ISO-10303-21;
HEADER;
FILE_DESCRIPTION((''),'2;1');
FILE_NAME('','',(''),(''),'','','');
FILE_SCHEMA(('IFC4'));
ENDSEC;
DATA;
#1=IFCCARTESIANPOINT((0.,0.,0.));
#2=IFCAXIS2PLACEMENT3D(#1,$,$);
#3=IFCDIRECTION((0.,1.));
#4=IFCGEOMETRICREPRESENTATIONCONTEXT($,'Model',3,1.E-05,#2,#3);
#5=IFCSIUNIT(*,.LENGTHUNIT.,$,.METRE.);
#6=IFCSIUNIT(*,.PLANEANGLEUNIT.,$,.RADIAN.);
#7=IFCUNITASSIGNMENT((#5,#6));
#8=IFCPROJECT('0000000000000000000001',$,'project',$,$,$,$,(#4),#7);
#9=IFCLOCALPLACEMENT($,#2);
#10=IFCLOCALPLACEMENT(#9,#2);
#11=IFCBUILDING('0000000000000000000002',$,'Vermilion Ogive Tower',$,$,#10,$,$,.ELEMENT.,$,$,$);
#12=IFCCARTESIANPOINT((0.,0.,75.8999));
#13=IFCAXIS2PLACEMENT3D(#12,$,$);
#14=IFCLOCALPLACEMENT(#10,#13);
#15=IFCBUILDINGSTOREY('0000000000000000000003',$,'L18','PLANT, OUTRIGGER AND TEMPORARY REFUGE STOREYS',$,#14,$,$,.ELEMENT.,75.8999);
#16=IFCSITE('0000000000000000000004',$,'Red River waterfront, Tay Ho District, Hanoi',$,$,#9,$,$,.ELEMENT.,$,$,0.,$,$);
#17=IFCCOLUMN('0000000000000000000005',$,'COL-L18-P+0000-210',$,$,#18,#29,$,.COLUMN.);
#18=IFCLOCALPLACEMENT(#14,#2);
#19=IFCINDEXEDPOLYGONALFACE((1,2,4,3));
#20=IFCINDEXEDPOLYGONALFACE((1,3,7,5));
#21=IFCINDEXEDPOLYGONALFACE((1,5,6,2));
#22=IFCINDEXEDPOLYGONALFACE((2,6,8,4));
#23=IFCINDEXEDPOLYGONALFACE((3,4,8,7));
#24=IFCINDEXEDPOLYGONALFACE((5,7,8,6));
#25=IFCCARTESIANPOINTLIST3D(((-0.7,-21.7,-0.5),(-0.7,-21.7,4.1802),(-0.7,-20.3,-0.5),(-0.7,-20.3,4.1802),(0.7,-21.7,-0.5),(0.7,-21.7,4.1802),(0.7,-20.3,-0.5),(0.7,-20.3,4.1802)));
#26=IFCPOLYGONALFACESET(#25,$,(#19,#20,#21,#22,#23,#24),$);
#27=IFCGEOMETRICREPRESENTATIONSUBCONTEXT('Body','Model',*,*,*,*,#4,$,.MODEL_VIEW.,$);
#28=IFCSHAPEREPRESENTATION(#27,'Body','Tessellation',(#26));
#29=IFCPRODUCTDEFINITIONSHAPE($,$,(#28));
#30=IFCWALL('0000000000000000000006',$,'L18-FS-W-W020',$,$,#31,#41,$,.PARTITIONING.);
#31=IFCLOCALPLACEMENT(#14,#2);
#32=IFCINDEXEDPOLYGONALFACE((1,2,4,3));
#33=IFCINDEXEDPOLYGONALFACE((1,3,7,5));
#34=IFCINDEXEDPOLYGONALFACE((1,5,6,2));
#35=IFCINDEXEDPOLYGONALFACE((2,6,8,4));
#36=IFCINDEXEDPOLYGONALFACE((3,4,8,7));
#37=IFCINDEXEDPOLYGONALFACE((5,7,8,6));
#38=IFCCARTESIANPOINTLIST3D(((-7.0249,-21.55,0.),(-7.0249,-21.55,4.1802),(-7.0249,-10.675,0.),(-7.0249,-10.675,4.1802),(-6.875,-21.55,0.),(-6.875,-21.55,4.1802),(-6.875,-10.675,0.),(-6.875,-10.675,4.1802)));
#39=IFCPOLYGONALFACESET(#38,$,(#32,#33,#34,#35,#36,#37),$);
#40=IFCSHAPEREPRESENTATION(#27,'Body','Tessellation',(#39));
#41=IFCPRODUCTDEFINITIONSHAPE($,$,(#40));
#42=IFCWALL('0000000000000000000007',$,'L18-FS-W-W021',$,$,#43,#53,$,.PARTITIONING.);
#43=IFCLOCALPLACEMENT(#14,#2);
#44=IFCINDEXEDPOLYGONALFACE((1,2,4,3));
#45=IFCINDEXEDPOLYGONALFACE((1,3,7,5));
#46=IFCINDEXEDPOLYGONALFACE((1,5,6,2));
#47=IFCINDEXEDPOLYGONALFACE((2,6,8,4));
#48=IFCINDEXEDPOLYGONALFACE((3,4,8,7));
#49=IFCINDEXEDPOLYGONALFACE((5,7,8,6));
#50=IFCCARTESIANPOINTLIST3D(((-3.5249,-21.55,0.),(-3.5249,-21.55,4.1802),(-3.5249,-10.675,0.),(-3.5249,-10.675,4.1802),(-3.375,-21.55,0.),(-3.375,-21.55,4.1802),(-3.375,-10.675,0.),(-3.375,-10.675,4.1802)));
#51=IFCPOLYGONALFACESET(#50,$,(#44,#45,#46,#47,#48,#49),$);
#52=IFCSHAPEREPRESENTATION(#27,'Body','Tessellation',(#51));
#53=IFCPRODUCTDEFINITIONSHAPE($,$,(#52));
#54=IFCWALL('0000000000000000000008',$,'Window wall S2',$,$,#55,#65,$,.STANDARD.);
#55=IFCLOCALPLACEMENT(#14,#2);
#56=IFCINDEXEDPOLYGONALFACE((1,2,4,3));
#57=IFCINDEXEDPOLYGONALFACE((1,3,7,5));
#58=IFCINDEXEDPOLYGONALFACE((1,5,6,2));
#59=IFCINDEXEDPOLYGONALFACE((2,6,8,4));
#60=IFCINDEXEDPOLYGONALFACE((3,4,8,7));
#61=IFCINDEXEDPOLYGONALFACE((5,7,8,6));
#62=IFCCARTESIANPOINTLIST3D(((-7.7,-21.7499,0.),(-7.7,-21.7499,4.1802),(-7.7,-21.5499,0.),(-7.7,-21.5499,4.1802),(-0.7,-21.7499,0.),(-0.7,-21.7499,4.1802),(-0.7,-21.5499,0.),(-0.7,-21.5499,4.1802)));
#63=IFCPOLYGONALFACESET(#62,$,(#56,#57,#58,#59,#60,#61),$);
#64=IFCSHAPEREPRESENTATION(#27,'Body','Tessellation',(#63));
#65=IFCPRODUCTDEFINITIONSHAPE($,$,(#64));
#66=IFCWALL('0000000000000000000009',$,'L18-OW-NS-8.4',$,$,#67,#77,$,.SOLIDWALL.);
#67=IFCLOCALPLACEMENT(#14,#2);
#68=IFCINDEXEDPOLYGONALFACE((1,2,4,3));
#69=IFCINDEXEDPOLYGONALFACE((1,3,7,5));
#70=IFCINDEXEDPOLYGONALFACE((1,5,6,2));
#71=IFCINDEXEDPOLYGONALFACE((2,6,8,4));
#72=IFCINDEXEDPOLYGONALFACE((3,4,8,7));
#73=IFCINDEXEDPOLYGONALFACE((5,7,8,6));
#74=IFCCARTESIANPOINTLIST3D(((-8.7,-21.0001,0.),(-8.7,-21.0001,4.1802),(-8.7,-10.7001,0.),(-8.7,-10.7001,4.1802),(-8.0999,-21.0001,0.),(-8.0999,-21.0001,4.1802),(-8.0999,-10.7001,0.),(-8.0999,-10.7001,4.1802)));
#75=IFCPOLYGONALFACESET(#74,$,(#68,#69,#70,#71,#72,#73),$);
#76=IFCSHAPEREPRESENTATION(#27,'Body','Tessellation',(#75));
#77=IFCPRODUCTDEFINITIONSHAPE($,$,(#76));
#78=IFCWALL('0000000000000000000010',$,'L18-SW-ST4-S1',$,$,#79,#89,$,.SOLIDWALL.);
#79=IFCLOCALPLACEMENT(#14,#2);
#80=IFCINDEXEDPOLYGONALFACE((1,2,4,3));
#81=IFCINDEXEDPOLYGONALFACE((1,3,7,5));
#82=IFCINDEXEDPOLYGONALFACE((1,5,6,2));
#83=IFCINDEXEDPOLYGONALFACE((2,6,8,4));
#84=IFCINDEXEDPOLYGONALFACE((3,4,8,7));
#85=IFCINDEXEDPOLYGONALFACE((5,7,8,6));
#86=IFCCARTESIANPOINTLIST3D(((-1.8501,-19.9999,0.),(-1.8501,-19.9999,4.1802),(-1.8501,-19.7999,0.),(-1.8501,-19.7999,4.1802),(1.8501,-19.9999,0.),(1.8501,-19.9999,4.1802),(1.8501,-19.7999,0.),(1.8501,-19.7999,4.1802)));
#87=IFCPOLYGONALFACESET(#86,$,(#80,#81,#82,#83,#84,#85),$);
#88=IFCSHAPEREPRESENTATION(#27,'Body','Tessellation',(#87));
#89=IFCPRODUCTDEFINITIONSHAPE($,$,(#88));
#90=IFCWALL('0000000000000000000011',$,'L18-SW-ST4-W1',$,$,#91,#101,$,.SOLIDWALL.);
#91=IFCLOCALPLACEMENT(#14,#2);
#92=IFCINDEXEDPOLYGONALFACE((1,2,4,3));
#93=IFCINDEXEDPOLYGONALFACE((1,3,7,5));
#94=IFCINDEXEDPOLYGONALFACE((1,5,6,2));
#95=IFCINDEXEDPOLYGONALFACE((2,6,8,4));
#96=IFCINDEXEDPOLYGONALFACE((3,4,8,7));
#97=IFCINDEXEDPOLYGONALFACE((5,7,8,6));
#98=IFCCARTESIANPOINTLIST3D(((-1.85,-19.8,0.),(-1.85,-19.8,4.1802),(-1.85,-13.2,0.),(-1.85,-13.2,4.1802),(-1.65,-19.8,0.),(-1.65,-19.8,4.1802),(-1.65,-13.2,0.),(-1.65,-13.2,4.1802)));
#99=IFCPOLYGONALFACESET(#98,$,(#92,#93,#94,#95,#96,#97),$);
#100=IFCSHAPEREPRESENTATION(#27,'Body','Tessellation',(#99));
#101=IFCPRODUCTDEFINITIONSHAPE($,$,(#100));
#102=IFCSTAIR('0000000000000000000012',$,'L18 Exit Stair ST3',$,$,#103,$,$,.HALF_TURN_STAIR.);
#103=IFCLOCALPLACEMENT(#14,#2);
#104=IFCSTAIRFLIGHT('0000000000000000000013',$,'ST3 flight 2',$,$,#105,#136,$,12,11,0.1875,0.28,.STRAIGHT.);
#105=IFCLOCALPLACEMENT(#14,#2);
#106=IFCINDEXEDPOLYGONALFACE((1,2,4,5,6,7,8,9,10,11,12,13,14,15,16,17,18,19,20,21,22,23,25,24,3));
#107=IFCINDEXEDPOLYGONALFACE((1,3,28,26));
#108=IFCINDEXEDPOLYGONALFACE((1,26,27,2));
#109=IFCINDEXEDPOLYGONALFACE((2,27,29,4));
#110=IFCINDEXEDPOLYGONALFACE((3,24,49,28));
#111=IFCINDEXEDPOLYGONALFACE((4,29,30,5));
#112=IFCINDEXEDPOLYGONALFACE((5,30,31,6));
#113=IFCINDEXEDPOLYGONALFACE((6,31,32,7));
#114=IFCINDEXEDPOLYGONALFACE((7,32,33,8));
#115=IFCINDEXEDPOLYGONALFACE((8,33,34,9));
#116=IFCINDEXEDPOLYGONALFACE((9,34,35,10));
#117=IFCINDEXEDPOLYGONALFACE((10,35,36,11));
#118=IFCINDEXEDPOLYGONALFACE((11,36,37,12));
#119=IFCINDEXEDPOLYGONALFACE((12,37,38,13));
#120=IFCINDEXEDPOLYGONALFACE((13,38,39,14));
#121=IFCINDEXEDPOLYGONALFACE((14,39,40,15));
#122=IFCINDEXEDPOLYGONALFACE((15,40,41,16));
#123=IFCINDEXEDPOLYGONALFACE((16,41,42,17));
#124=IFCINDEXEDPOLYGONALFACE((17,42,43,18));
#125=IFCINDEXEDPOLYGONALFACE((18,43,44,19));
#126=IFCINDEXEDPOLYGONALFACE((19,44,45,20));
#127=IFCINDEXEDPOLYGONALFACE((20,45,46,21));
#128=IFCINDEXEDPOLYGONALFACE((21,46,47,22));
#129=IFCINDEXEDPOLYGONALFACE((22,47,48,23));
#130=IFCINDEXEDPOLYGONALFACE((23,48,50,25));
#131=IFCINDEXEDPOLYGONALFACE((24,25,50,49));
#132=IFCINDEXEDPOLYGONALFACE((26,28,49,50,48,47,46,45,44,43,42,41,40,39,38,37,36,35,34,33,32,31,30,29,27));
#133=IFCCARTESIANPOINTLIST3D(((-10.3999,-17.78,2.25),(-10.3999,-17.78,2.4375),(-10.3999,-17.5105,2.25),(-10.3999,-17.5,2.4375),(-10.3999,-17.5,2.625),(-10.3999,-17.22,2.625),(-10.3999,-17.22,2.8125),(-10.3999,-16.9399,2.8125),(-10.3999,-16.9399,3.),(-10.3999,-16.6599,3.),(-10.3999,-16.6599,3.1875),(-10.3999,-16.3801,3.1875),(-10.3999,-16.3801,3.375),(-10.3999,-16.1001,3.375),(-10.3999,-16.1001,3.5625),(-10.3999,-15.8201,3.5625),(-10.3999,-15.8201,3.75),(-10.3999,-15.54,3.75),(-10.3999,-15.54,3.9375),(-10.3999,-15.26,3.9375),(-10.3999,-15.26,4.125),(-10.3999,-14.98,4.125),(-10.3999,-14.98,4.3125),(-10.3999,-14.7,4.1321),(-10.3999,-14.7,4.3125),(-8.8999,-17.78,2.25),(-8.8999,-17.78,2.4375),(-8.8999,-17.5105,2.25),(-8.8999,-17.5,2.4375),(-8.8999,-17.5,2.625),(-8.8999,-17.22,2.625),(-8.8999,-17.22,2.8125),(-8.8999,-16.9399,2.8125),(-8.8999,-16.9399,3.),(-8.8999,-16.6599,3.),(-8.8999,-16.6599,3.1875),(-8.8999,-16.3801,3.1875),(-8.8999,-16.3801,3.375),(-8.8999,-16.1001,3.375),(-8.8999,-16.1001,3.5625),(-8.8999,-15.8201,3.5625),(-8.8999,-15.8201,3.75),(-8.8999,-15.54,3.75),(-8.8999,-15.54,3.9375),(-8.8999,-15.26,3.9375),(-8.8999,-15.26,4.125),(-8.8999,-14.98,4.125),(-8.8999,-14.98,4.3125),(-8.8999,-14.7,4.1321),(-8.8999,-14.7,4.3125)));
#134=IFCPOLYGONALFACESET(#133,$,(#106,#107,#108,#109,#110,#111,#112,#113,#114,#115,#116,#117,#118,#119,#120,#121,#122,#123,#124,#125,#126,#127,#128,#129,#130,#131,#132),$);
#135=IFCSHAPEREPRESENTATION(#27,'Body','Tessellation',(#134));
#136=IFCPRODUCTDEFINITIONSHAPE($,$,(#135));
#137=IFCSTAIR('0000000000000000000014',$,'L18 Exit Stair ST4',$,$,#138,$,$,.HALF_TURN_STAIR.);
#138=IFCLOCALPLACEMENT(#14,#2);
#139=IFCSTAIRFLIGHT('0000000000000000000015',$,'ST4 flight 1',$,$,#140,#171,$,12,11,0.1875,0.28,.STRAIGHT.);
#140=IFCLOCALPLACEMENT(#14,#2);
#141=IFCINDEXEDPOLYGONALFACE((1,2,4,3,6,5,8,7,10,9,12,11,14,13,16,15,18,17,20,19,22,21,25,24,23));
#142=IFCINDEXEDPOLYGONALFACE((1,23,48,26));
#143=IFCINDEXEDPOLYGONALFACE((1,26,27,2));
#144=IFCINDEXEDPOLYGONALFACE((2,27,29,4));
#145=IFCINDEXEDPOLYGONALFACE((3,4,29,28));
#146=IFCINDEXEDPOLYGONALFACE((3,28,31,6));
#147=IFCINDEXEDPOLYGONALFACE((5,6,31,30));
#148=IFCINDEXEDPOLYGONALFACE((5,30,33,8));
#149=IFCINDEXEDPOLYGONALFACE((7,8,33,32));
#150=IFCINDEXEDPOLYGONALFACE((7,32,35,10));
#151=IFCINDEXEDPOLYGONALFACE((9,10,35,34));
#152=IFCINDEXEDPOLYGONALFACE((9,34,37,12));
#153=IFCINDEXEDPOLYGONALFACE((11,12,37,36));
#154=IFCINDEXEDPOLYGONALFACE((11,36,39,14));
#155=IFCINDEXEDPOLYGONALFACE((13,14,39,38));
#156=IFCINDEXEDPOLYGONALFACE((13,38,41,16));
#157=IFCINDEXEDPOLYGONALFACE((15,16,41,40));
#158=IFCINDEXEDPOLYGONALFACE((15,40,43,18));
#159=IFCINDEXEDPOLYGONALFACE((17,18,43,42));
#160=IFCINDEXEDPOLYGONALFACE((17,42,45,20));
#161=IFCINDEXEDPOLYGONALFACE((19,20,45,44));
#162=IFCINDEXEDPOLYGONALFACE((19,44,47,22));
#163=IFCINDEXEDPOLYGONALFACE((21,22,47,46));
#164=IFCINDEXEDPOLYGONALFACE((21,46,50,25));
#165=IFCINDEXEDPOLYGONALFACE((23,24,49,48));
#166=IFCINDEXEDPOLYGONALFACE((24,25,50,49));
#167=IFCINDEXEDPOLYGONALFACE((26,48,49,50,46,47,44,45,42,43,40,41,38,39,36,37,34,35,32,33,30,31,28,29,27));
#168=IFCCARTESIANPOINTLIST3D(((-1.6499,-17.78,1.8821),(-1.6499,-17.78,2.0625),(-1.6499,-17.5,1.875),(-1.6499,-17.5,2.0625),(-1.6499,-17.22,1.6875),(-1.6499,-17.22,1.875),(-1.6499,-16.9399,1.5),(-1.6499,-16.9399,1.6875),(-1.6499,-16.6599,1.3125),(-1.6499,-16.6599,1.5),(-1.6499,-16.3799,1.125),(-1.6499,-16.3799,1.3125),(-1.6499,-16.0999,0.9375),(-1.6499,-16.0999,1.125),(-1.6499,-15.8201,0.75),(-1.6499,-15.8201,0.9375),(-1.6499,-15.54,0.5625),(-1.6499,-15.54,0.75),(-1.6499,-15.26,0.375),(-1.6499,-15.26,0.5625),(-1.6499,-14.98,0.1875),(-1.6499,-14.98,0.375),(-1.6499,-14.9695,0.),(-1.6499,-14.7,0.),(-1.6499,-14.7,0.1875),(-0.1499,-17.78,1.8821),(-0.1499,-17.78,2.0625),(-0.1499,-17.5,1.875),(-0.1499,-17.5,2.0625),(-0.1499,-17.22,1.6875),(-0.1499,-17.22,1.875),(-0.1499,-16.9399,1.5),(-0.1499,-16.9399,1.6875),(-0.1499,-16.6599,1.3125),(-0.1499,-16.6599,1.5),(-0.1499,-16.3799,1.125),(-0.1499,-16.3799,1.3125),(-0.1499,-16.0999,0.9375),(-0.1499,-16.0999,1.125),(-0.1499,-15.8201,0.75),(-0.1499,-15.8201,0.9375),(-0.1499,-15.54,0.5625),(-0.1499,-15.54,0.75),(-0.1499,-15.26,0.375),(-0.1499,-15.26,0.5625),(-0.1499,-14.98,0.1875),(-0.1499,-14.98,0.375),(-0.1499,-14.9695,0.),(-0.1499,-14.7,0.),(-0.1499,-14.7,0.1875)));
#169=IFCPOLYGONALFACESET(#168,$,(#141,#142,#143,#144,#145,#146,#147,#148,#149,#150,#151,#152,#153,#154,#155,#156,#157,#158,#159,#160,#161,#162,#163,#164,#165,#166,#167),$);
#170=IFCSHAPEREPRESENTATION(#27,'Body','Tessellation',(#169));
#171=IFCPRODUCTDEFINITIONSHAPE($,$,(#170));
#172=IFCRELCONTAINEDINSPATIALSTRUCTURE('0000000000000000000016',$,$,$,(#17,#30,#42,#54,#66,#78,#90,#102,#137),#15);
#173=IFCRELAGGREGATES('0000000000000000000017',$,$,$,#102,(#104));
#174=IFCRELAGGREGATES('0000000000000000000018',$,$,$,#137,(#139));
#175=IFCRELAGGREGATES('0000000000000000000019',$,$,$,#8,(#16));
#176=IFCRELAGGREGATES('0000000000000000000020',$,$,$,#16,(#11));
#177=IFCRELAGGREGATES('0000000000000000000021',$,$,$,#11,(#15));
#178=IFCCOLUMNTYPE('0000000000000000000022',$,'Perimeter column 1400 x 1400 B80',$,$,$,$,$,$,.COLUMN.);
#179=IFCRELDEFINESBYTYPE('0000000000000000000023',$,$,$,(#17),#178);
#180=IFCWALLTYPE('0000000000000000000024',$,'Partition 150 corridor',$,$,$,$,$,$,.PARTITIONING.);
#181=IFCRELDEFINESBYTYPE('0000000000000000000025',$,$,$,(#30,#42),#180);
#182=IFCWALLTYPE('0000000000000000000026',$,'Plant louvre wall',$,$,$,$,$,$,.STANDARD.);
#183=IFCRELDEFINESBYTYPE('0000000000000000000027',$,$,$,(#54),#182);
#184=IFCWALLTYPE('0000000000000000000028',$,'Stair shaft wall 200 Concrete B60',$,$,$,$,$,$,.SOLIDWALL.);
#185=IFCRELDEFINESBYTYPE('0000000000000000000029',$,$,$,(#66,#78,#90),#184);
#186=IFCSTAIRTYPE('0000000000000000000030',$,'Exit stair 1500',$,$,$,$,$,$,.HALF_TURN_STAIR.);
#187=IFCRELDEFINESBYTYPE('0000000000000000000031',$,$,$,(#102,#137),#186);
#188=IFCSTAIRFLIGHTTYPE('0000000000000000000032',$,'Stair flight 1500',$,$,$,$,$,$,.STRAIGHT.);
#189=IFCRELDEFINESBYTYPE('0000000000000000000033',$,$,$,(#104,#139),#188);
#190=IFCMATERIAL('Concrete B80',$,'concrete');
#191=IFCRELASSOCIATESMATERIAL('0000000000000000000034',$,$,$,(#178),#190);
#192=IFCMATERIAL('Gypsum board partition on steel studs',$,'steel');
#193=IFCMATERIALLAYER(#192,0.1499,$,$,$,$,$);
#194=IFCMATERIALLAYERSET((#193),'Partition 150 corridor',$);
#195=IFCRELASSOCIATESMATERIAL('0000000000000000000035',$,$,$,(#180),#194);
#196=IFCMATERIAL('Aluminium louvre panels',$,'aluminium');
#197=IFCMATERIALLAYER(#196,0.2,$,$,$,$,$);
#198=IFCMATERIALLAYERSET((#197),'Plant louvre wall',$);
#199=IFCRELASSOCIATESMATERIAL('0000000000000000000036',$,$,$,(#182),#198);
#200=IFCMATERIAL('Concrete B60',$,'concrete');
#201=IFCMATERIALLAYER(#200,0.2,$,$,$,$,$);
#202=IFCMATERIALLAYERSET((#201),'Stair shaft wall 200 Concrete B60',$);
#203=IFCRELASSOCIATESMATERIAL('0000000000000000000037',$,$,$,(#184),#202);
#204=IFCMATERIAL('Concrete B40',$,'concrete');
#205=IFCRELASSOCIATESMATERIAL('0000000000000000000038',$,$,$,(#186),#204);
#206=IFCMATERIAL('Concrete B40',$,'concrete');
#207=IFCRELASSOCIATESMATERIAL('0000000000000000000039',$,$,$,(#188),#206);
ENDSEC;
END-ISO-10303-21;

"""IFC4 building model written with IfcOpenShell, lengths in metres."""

from ifc_helpers import new_model, si_unit, direction, frame, frame_2d, origin, origin_2d, place, context, subcontext, project, spatial, polyline, rectangle, outline, extrude, material, layer, layer_set, material_profile, profile_set, type_object, element, aggregate, save


model = new_model("IFC4")

# Units and contexts
model_context = context("Model", 3, precision=1e-05, world=origin(), true_north=direction((0.0, 1.0)))
body_context = subcontext(model_context, "Body", "Model", "MODEL_VIEW")
ifc_project = project(units=[si_unit("LENGTHUNIT", "METRE"), si_unit("PLANEANGLEUNIT", "RADIAN")], contexts=[model_context])

# Site, building, storey
site_placement = place(None, origin())
site = spatial("IfcSite", under=ifc_project, at=site_placement, Name="Red River waterfront, Tay Ho District, Hanoi", CompositionType="ELEMENT", RefElevation=0.0)
building_placement = place(site_placement, origin())
building = spatial("IfcBuilding", under=site, at=building_placement, Name="Vermilion Ogive Tower", CompositionType="ELEMENT")
storey_placement = place(building_placement, frame((0.0, 0.0, 75.8999)))
storey = spatial("IfcBuildingStorey", under=building, at=storey_placement, Name="L18", Description="PLANT, OUTRIGGER AND TEMPORARY REFUGE STOREYS", CompositionType="ELEMENT", Elevation=75.8999)

# Column
ifc_material_1 = material(Name="Concrete B80", Category="concrete")
ifc_material_profile = material_profile(ifc_material_1, rectangle(XDim=1.3999, YDim=1.3999, at=origin_2d()), Name="1400 x 1400")
ifc_profile_set = profile_set([ifc_material_profile], Name="Concrete B80")
column_type = type_object("IfcColumnType", Name="Perimeter column 1400 x 1400 B80", PredefinedType="COLUMN", material=ifc_profile_set)
column_placement = place(storey_placement, frame((0.0, -21.0, -0.5), z_axis=(0.0, 0.0, 1.0), x_axis=(1.0, 0.0, 0.0)))
element("IfcColumn", 1, at=column_placement, inside=storey, type_object=column_type, Name="COL-L18-P+0000-210", PredefinedType="COLUMN", context=body_context, shape_type="SweptSolid", body=[
    extrude(rectangle(XDim=1.3999, YDim=1.3999, at=origin_2d()), origin(), (0.0, 0.0, 1.0), 4.6802),
])

# Walls
ifc_material_2 = material(Name="Gypsum board partition on steel studs", Category="steel")
ifc_layer_1 = layer(ifc_material_2, 0.1499)
ifc_layer_set_1 = layer_set([ifc_layer_1], Name="Partition 150 corridor")
wall_type_1 = type_object("IfcWallType", Name="Partition 150 corridor", PredefinedType="PARTITIONING", material=ifc_layer_set_1)
for number, where, z_axis, x_axis, name in (
    (2, (-6.95, -21.55, 0.0), (0.0, 0.0, 1.0), (0.0, 1.0, 0.0), "L18-FS-W-W020"),
    (3, (-3.45, -21.55, 0.0), (0.0, 0.0, 1.0), (0.0, 1.0, 0.0), "L18-FS-W-W021"),
):
    element("IfcWall", number, at=place(storey_placement, frame(where, z_axis=z_axis, x_axis=x_axis)), inside=storey, type_object=wall_type_1, Name=name, PredefinedType="PARTITIONING", context=body_context, shape_type="SweptSolid", body=[
        extrude(rectangle(XDim=10.875, YDim=0.1499, at=frame_2d((5.4375, 0.0))), origin(), (0.0, 0.0, 1.0), 4.1802),
    ])
ifc_material_3 = material(Name="Aluminium louvre panels", Category="aluminium")
ifc_layer_2 = layer(ifc_material_3, 0.2)
ifc_layer_set_2 = layer_set([ifc_layer_2], Name="Plant louvre wall")
wall_type_2 = type_object("IfcWallType", Name="Plant louvre wall", PredefinedType="STANDARD", material=ifc_layer_set_2)
wall_1_placement = place(storey_placement, frame((-7.7, -21.6499, 0.0), z_axis=(0.0, 0.0, 1.0), x_axis=(1.0, 0.0, 0.0)))
element("IfcWall", 4, at=wall_1_placement, inside=storey, type_object=wall_type_2, Name="Window wall S2", PredefinedType="STANDARD", context=body_context, shape_type="SweptSolid", body=[
    extrude(rectangle(XDim=7.0, YDim=0.2, at=frame_2d((3.5, 0.0))), origin(), (0.0, 0.0, 1.0), 4.1802),
])
ifc_material_4 = material(Name="Concrete B60", Category="concrete")
ifc_layer_3 = layer(ifc_material_4, 0.2)
ifc_layer_set_3 = layer_set([ifc_layer_3], Name="Stair shaft wall 200 Concrete B60")
wall_type_3 = type_object("IfcWallType", Name="Stair shaft wall 200 Concrete B60", PredefinedType="SOLIDWALL", material=ifc_layer_set_3)
wall_2_placement = place(storey_placement, frame((-8.3999, -21.0, 0.0), z_axis=(0.0, 0.0, 1.0), x_axis=(0.0, 1.0, 0.0)))
element("IfcWall", 5, at=wall_2_placement, inside=storey, type_object=wall_type_3, Name="L18-OW-NS-8.4", PredefinedType="SOLIDWALL", context=body_context, shape_type="SweptSolid", body=[
    extrude(rectangle(XDim=10.3, YDim=0.6001, at=frame_2d((5.1499, 0.0))), origin(), (0.0, 0.0, 1.0), 4.1802),
])
wall_3_placement = place(storey_placement, frame((-1.8501, -19.8999, 0.0), z_axis=(0.0, 0.0, 1.0), x_axis=(1.0, 0.0, 0.0)))
element("IfcWall", 6, at=wall_3_placement, inside=storey, type_object=wall_type_3, Name="L18-SW-ST4-S1", PredefinedType="SOLIDWALL", context=body_context, shape_type="SweptSolid", body=[
    extrude(rectangle(XDim=3.7002, YDim=0.2, at=frame_2d((1.8501, 0.0))), origin(), (0.0, 0.0, 1.0), 4.1802),
])
wall_4_placement = place(storey_placement, frame((-1.75, -19.8, 0.0), z_axis=(0.0, 0.0, 1.0), x_axis=(0.0, 1.0, 0.0)))
element("IfcWall", 7, at=wall_4_placement, inside=storey, type_object=wall_type_3, Name="L18-SW-ST4-W1", PredefinedType="SOLIDWALL", context=body_context, shape_type="SweptSolid", body=[
    extrude(rectangle(XDim=6.6001, YDim=0.2, at=frame_2d((3.3, 0.0))), origin(), (0.0, 0.0, 1.0), 4.1802),
])

# Stairs, stair flights
ifc_material_5 = material(Name="Concrete B40", Category="concrete")
stair_type = type_object("IfcStairType", Name="Exit stair 1500", PredefinedType="HALF_TURN_STAIR", material=ifc_material_5)
stair_1_placement = place(storey_placement, origin())
stair_1 = element("IfcStair", 8, at=stair_1_placement, inside=storey, type_object=stair_type, Name="L18 Exit Stair ST3", PredefinedType="HALF_TURN_STAIR")
ifc_material_6 = material(Name="Concrete B40", Category="concrete")
stair_flight_type = type_object("IfcStairFlightType", Name="Stair flight 1500", PredefinedType="STRAIGHT", material=ifc_material_6)
stair_flight_1_placement = place(storey_placement, frame((-9.6499, -17.78, 2.25), z_axis=(0.0, 0.0, 1.0), x_axis=(0.0, 1.0, 0.0)))
stair_flight_1 = element("IfcStairFlight", 9, at=stair_flight_1_placement, type_object=stair_flight_type, Name="ST3 flight 2", NumberOfRisers=12, NumberOfTreads=11, PredefinedType="STRAIGHT", RiserHeight=0.1875, TreadLength=0.28, context=body_context, shape_type="SweptSolid", body=[
    extrude(outline(polyline([(0.0, 0.0), (0.0, 0.1875), (0.28, 0.1875), (0.28, 0.375), (0.5601, 0.375), (0.5601, 0.5625), (0.8401, 0.5625), (0.8401, 0.75), (1.1201, 0.75), (1.1201, 0.9375), (1.3999, 0.9375), (1.3999, 1.125), (1.6799, 1.125), (1.6799, 1.3125), (1.96, 1.3125), (1.96, 1.5), (2.24, 1.5), (2.24, 1.6875), (2.52, 1.6875), (2.52, 1.875), (2.8, 1.875), (2.8, 2.0625), (3.0801, 2.0625), (3.0801, 2.25), (3.0801, 1.8821), (0.2695, 0.0), (0.0, 0.0)])), frame((0.0, 0.75, 0.0), z_axis=(0.0, -1.0, 0.0), x_axis=(1.0, 0.0, 0.0)), (0.0, 0.0, 1.0), 1.5),
])
aggregate(stair_1, [stair_flight_1])
stair_2_placement = place(storey_placement, origin())
stair_2 = element("IfcStair", 10, at=stair_2_placement, inside=storey, type_object=stair_type, Name="L18 Exit Stair ST4", PredefinedType="HALF_TURN_STAIR")
stair_flight_2_placement = place(storey_placement, frame((-0.8999, -14.7, 0.0), z_axis=(0.0, 0.0, 1.0), x_axis=(0.0, -1.0, 0.0)))
stair_flight_2 = element("IfcStairFlight", 11, at=stair_flight_2_placement, type_object=stair_flight_type, Name="ST4 flight 1", NumberOfRisers=12, NumberOfTreads=11, PredefinedType="STRAIGHT", RiserHeight=0.1875, TreadLength=0.28, context=body_context, shape_type="SweptSolid", body=[
    extrude(outline(polyline([(0.0, 0.0), (0.0, 0.1875), (0.28, 0.1875), (0.28, 0.375), (0.5601, 0.375), (0.5601, 0.5625), (0.8401, 0.5625), (0.8401, 0.75), (1.1201, 0.75), (1.1201, 0.9375), (1.3999, 0.9375), (1.3999, 1.125), (1.6799, 1.125), (1.6799, 1.3125), (1.96, 1.3125), (1.96, 1.5), (2.24, 1.5), (2.24, 1.6875), (2.52, 1.6875), (2.52, 1.875), (2.8, 1.875), (2.8, 2.0625), (3.0801, 2.0625), (3.0801, 2.25), (3.0801, 1.8821), (0.2695, 0.0), (0.0, 0.0)])), frame((0.0, 0.75, 0.0), z_axis=(0.0, -1.0, 0.0), x_axis=(1.0, 0.0, 0.0)), (0.0, 0.0, 1.0), 1.5),
])
aggregate(stair_2, [stair_flight_2])

save(model, "model.ifc")
